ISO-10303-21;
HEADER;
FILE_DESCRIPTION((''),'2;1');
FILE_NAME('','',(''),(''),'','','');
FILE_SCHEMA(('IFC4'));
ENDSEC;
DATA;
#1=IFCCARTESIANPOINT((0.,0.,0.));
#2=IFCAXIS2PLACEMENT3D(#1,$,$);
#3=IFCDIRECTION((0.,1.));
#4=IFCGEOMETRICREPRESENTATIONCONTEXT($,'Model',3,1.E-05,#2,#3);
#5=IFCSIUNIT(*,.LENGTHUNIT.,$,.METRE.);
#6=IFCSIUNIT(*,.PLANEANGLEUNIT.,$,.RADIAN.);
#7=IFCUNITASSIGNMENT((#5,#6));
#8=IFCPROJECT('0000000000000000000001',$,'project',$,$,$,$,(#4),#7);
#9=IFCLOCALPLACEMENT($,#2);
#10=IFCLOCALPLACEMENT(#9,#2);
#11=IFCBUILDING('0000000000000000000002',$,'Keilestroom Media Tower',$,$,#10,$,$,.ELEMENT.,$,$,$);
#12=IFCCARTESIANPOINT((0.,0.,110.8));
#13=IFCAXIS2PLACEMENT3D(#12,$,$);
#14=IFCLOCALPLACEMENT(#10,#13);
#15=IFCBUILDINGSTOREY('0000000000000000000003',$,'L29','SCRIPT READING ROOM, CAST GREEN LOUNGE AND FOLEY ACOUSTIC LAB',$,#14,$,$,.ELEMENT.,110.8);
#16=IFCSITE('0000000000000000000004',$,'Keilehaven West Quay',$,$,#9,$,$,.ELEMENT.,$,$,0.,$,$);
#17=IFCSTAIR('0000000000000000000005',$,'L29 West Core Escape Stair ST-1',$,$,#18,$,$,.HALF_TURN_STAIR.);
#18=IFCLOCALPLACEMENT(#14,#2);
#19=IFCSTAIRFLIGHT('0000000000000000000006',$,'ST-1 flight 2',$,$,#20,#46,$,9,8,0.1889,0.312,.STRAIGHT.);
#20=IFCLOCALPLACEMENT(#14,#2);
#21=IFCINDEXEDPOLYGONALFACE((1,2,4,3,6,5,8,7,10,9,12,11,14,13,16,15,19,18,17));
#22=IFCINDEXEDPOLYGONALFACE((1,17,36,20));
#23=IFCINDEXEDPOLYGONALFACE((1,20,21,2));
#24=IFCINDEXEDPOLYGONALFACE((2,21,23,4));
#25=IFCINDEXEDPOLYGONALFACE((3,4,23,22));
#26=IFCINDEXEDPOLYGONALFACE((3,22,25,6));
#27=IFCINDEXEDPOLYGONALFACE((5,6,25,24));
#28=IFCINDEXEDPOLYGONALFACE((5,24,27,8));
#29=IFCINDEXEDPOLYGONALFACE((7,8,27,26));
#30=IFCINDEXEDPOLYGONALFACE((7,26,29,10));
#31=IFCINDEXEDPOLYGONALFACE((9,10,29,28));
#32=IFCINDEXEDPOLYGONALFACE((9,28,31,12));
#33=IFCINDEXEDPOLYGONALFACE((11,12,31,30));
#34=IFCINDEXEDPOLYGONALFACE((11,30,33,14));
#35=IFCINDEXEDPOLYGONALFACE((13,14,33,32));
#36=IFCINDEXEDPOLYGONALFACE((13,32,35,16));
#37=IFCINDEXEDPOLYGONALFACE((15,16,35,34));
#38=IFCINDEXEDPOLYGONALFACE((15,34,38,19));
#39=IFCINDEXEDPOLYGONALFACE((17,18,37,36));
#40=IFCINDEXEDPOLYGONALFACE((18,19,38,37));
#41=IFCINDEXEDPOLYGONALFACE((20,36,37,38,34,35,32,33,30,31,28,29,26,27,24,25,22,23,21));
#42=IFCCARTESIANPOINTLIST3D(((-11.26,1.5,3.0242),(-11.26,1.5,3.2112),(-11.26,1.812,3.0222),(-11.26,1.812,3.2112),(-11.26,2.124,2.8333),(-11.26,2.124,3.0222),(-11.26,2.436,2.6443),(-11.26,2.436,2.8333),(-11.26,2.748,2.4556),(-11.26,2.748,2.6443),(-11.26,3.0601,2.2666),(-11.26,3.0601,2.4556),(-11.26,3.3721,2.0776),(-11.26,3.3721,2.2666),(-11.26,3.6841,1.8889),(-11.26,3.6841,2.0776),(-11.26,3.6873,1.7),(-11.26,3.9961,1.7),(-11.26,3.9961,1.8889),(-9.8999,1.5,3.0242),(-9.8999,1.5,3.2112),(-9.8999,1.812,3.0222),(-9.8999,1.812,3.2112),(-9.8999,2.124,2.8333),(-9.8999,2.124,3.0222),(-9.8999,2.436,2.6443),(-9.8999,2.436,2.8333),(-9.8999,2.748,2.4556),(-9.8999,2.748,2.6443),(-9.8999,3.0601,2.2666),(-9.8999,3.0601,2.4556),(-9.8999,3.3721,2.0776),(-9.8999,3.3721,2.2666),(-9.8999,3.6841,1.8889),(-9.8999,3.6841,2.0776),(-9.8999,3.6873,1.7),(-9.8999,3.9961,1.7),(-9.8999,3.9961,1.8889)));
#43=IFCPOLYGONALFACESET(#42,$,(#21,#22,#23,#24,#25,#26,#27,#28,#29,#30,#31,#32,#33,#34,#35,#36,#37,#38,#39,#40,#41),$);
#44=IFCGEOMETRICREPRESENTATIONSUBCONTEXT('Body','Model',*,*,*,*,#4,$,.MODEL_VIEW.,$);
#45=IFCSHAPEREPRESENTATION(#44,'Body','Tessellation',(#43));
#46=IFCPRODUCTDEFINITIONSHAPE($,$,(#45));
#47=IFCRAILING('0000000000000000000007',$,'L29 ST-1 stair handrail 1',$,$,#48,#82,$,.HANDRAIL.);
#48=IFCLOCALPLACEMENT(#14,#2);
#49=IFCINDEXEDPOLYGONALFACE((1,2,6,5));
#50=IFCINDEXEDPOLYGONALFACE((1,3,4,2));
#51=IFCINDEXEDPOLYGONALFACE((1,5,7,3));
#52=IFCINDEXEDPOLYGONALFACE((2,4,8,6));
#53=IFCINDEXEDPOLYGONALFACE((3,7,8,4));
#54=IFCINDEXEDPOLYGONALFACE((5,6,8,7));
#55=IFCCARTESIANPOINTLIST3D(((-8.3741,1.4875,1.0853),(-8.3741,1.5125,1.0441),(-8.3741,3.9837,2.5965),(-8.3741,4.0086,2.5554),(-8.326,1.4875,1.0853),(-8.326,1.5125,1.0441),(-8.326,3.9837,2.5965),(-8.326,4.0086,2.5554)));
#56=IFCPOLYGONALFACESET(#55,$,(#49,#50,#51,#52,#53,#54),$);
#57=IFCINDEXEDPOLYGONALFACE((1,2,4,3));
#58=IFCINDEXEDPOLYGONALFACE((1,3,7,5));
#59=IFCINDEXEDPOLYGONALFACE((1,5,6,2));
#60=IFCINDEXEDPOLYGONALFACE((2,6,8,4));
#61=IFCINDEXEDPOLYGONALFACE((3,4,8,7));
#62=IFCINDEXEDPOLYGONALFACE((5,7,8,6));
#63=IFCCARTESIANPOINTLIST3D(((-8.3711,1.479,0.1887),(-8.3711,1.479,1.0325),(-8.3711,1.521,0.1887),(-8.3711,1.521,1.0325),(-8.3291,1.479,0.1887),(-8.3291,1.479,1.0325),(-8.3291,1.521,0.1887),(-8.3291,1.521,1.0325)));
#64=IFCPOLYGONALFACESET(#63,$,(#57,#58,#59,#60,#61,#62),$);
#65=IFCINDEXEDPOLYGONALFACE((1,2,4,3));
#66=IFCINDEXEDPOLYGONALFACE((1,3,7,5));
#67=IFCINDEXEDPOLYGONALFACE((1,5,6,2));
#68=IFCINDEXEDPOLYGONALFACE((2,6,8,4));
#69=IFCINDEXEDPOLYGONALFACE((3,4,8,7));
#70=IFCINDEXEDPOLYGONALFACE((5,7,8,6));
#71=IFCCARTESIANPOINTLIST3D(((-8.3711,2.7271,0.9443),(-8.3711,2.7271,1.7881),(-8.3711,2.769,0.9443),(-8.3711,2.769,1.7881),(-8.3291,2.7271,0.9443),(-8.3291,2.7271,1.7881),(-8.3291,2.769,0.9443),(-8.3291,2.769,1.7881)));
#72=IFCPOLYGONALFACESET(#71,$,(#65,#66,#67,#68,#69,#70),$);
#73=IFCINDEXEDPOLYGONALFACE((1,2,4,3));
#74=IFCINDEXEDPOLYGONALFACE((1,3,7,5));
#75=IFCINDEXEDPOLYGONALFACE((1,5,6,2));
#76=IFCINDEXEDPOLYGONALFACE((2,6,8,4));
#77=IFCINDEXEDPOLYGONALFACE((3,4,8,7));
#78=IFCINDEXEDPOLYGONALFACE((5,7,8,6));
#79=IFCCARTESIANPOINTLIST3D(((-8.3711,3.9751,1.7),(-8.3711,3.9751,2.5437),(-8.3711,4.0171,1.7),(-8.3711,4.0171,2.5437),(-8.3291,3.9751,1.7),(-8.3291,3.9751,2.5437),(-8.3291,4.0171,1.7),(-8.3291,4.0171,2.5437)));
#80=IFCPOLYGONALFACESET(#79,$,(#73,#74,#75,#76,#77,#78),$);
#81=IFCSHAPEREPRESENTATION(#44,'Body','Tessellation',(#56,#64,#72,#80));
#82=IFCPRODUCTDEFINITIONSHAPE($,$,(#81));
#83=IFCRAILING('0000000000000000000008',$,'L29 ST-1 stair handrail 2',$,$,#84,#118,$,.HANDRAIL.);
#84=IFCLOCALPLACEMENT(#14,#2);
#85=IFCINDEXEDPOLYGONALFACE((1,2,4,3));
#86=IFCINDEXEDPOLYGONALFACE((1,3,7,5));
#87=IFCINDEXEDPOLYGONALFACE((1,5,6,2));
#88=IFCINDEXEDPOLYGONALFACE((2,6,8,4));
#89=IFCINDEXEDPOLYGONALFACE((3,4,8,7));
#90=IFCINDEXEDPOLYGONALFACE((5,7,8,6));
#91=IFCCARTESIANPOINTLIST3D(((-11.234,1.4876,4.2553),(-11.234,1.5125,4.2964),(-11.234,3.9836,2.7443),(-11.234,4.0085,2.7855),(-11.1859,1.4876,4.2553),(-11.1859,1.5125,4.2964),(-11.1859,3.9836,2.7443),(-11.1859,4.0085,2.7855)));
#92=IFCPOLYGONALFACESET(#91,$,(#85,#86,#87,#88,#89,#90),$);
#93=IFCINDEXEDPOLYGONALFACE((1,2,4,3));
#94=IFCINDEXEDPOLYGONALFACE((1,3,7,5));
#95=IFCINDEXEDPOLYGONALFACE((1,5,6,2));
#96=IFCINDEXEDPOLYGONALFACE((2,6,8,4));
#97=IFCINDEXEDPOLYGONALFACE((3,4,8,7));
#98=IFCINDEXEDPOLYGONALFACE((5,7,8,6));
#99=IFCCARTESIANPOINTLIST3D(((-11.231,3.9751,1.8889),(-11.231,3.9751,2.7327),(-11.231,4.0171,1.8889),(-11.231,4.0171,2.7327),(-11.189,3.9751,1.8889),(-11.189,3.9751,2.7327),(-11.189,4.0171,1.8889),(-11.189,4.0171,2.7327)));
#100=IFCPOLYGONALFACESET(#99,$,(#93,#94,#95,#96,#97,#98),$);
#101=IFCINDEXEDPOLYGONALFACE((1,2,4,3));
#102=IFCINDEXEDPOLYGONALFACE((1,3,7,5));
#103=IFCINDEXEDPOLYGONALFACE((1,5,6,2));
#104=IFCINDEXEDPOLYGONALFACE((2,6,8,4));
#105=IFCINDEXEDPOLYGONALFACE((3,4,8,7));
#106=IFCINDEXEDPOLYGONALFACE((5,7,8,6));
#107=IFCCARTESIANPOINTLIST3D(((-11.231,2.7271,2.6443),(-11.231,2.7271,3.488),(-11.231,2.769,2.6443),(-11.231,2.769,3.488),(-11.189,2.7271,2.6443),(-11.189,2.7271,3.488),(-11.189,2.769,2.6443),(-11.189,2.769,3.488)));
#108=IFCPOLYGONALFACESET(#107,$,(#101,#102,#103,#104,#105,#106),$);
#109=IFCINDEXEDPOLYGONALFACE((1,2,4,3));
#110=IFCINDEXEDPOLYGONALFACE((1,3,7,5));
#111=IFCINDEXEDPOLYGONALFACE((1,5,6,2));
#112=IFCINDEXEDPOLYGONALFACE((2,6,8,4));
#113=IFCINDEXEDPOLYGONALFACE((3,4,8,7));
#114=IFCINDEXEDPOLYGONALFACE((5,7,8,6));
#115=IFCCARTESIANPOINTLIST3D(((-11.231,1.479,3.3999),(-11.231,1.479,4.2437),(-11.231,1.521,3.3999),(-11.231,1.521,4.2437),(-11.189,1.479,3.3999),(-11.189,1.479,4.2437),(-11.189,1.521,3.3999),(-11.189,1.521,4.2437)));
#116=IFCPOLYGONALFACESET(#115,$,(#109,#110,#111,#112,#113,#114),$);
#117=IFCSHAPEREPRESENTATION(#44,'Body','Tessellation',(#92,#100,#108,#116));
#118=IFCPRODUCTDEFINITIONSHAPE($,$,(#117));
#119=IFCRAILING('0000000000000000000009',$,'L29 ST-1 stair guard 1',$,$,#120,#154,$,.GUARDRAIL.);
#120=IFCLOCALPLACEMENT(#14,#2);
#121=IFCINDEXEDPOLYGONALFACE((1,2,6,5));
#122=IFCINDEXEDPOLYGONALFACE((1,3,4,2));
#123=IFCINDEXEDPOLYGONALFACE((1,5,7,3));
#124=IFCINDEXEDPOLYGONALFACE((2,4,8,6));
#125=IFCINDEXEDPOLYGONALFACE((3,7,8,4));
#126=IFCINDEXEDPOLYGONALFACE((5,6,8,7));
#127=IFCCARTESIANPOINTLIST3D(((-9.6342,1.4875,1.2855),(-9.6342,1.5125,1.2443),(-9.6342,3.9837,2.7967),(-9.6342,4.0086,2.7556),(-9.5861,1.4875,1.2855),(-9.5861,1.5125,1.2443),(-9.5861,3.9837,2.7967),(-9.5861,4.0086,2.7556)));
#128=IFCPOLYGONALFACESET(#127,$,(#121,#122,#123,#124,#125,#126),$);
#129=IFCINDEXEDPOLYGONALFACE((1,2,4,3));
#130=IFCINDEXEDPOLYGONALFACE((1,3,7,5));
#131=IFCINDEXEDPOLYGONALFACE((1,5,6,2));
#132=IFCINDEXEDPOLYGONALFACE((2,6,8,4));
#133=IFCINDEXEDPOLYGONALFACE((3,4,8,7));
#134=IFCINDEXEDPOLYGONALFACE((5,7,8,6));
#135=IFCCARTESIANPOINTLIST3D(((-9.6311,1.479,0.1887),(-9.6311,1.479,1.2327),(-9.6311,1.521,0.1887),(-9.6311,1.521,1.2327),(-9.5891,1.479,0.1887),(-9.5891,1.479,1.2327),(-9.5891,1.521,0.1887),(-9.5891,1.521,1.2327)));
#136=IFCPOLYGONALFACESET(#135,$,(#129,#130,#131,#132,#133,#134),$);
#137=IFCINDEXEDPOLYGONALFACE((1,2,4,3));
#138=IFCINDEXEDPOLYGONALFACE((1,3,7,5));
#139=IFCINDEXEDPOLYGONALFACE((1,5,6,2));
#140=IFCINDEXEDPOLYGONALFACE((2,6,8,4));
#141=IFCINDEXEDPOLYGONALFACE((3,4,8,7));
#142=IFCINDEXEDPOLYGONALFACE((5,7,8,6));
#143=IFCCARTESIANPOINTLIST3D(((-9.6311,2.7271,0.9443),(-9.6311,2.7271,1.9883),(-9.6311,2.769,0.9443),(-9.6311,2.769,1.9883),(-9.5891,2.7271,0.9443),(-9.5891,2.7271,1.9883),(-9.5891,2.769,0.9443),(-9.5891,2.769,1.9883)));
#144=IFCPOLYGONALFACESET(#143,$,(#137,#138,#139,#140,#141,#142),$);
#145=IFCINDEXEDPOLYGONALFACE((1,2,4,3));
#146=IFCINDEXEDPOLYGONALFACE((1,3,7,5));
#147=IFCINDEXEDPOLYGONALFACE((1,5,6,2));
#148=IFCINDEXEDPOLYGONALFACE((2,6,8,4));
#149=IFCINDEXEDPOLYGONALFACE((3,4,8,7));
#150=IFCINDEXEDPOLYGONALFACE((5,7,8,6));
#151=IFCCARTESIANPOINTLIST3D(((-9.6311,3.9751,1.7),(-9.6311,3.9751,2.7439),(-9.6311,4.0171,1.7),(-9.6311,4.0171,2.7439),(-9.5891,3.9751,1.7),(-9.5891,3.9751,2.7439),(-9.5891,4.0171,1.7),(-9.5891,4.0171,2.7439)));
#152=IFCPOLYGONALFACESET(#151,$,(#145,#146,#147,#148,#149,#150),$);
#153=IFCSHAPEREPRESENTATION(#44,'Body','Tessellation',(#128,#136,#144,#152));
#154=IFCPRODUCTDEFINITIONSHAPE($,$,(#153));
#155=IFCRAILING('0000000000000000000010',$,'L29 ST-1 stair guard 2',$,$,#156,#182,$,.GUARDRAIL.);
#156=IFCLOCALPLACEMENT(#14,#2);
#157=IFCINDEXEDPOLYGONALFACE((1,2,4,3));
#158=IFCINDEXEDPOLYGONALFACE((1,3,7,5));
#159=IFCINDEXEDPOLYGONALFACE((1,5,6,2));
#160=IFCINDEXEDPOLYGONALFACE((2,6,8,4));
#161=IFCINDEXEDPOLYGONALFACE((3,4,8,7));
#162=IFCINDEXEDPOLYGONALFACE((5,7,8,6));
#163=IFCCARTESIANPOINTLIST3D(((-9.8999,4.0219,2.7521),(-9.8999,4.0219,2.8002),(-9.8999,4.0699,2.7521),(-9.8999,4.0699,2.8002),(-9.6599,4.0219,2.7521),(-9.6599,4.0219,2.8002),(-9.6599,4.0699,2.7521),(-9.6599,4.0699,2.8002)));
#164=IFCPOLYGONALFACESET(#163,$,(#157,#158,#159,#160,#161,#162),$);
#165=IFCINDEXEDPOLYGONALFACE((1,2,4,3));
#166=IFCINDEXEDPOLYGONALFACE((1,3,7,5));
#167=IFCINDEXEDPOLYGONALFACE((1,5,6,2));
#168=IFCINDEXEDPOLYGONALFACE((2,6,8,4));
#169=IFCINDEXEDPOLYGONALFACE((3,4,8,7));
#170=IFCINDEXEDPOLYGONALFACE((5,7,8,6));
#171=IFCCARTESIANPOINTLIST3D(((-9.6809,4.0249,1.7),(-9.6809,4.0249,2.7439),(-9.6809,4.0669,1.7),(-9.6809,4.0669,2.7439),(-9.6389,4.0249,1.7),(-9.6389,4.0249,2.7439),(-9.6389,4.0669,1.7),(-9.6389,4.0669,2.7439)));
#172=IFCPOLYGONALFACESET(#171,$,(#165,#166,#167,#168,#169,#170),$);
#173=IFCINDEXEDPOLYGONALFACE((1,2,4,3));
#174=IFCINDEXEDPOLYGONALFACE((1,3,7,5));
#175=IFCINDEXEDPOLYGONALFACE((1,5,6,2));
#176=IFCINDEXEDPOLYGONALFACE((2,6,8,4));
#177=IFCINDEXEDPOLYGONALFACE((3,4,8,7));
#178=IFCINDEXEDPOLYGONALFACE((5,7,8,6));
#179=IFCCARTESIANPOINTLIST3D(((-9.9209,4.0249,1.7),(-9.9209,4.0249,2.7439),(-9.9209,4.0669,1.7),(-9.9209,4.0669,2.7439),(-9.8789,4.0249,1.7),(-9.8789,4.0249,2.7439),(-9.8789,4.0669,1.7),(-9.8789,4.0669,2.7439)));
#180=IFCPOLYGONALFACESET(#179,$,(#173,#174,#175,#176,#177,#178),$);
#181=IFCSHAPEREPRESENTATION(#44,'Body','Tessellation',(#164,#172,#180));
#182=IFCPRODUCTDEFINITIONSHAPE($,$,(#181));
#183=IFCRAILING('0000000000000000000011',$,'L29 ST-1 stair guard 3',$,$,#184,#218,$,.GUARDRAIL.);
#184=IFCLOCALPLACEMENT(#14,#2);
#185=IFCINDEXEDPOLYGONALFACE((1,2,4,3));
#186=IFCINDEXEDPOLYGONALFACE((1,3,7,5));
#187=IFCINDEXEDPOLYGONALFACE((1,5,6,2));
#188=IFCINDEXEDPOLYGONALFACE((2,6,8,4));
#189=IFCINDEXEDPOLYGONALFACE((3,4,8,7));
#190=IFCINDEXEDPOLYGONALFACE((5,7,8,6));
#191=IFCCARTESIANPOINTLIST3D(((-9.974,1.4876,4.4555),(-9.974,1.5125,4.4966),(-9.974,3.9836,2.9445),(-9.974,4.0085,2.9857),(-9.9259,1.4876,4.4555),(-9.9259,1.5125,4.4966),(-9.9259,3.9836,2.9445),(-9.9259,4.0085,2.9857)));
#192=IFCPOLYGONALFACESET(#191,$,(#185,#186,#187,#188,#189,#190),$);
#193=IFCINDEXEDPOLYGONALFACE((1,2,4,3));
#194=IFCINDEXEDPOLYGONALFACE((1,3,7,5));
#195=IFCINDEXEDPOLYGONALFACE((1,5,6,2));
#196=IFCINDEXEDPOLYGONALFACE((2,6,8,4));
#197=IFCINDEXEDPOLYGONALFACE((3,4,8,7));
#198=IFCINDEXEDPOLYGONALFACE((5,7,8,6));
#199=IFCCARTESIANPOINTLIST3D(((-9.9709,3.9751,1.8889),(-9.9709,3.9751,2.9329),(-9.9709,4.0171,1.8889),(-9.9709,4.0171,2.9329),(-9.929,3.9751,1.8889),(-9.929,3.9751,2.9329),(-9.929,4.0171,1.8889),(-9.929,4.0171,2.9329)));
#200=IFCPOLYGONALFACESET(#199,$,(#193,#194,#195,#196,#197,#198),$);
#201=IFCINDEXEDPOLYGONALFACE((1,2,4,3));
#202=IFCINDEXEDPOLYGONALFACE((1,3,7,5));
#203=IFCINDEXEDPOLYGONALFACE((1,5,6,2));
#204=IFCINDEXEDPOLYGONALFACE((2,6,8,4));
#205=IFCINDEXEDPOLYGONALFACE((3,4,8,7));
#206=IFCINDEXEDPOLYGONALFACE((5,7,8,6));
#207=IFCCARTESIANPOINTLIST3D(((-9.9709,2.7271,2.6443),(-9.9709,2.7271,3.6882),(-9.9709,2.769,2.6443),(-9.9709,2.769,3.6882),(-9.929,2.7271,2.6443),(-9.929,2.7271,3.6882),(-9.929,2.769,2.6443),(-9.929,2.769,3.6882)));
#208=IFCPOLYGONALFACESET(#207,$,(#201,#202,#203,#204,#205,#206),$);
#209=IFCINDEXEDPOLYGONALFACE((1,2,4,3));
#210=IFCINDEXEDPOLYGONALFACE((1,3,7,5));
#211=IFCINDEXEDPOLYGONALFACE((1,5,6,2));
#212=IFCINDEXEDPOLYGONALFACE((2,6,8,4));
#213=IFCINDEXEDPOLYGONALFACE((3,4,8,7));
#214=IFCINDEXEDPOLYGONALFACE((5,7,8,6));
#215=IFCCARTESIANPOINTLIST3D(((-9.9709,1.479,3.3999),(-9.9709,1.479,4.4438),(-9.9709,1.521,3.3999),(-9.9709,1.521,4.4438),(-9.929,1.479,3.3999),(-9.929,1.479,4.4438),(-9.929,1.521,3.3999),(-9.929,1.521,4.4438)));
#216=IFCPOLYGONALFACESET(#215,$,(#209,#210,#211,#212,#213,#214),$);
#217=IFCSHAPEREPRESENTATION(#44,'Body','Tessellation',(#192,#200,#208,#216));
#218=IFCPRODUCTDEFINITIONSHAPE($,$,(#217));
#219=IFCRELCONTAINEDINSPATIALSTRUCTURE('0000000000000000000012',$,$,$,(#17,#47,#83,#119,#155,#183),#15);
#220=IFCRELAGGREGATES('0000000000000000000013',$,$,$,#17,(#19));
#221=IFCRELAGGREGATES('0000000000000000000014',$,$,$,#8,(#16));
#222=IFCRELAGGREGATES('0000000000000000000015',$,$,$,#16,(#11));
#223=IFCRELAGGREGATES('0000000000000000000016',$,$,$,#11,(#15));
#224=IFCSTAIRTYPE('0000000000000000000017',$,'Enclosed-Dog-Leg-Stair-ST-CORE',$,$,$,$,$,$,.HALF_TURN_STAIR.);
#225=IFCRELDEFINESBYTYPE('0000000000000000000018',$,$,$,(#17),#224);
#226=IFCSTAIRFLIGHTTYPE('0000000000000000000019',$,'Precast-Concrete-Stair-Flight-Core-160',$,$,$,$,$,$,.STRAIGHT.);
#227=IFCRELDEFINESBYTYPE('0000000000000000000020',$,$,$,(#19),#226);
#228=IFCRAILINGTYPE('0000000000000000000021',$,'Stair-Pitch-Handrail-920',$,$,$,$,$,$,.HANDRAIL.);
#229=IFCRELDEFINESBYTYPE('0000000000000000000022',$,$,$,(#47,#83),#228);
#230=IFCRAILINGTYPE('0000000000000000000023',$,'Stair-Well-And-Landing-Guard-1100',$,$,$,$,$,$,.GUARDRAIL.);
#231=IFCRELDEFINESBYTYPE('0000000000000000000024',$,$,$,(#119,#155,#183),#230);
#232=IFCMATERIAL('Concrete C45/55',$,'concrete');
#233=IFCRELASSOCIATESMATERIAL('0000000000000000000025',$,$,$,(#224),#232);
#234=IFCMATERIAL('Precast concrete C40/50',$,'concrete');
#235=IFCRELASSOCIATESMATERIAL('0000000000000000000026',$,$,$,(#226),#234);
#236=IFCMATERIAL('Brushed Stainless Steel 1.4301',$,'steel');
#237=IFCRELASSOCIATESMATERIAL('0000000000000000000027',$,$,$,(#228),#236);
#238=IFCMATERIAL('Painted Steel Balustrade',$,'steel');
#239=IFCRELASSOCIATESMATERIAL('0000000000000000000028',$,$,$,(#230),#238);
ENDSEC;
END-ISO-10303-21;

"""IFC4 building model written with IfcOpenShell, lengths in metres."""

from ifc_helpers import new_model, si_unit, direction, frame, origin, origin_2d, place, context, subcontext, project, spatial, polyline, rectangle, outline, extrude, material, type_object, element, aggregate, save


model = new_model("IFC4")

# Units and contexts
model_context = context("Model", 3, precision=1e-05, world=origin(), true_north=direction((0.0, 1.0)))
body_context = subcontext(model_context, "Body", "Model", "MODEL_VIEW")
ifc_project = project(units=[si_unit("LENGTHUNIT", "METRE"), si_unit("PLANEANGLEUNIT", "RADIAN")], contexts=[model_context])

# Site, building, storey
site_placement = place(None, origin())
site = spatial("IfcSite", under=ifc_project, at=site_placement, Name="Keilehaven West Quay", CompositionType="ELEMENT", RefElevation=0.0)
building_placement = place(site_placement, origin())
building = spatial("IfcBuilding", under=site, at=building_placement, Name="Keilestroom Media Tower", CompositionType="ELEMENT")
storey_placement = place(building_placement, frame((0.0, 0.0, 110.8)))
storey = spatial("IfcBuildingStorey", under=building, at=storey_placement, Name="L29", Description="SCRIPT READING ROOM, CAST GREEN LOUNGE AND FOLEY ACOUSTIC LAB", CompositionType="ELEMENT", Elevation=110.8)

# Shared definitions
ifc_material_1 = material(Name="Concrete C45/55", Category="concrete")

# Stair
stair_type = type_object("IfcStairType", Name="Enclosed-Dog-Leg-Stair-ST-CORE", PredefinedType="HALF_TURN_STAIR", material=ifc_material_1)
stair_1_placement = place(storey_placement, origin())
stair_1 = element("IfcStair", 1, at=stair_1_placement, inside=storey, type_object=stair_type, Name="L29 West Core Escape Stair ST-1", PredefinedType="HALF_TURN_STAIR")

# Shared definitions
ifc_material_2 = material(Name="Precast concrete C40/50", Category="concrete")

# Stair flight
stair_flight_type = type_object("IfcStairFlightType", Name="Precast-Concrete-Stair-Flight-Core-160", PredefinedType="STRAIGHT", material=ifc_material_2)
stair_flight_1_placement = place(storey_placement, frame((-10.5801, 3.9961, 1.7), z_axis=(0.0, 0.0, 1.0), x_axis=(0.0, -1.0, 0.0)))
stair_flight_1 = element("IfcStairFlight", 2, at=stair_flight_1_placement, type_object=stair_flight_type, Name="ST-1 flight 2", NumberOfRisers=9, NumberOfTreads=8, PredefinedType="STRAIGHT", RiserHeight=0.1889, TreadLength=0.312, context=body_context, shape_type="SweptSolid", body=[
    extrude(outline(polyline([(0.0, 0.0), (0.0, 0.189), (0.312, 0.189), (0.312, 0.3777), (0.624, 0.3777), (0.624, 0.5667), (0.936, 0.5667), (0.936, 0.7556), (1.248, 0.7556), (1.248, 0.9443), (1.5601, 0.9443), (1.5601, 1.1333), (1.8721, 1.1333), (1.8721, 1.3223), (2.1841, 1.3223), (2.1841, 1.5112), (2.4961, 1.5112), (2.4961, 1.7), (2.4961, 1.3242), (0.3088, 0.0), (0.0, 0.0)])), frame((0.0, 0.6802, 0.0), z_axis=(0.0, -1.0, 0.0), x_axis=(1.0, 0.0, 0.0)), (0.0, 0.0, 1.0), 1.3601),
])
aggregate(stair_1, [stair_flight_1])

# Railings
ifc_material_3 = material(Name="Brushed Stainless Steel 1.4301", Category="steel")
railing_type_1 = type_object("IfcRailingType", Name="Stair-Pitch-Handrail-920", PredefinedType="HANDRAIL", material=ifc_material_3)
railing_1_placement = place(storey_placement, frame((-8.3501, 1.5, 0.1887)))
element("IfcRailing", 3, at=railing_1_placement, inside=storey, type_object=railing_type_1, Name="L29 ST-1 stair handrail 1", PredefinedType="HANDRAIL", context=body_context, shape_type="SweptSolid", body=[
    extrude(rectangle(XDim=0.0481, YDim=0.0481, at=origin_2d()), frame((0.0, 0.0, 0.876), z_axis=(0.0, 0.855434, 0.517912), x_axis=(-1.0, 0.0, 0.0)), (0.0, 0.0, 1.0), 2.918),
    extrude(rectangle(XDim=0.042, YDim=0.042, at=origin_2d()), origin(), (0.0, 0.0, 1.0), 0.8438),
    extrude(rectangle(XDim=0.042, YDim=0.042, at=origin_2d()), frame((0.0, 1.248, 0.7556)), (0.0, 0.0, 1.0), 0.8438),
    extrude(rectangle(XDim=0.042, YDim=0.042, at=origin_2d()), frame((0.0, 2.4961, 1.5112)), (0.0, 0.0, 1.0), 0.8438),
])
railing_2_placement = place(storey_placement, frame((-11.21, 3.9961, 1.8889)))
element("IfcRailing", 4, at=railing_2_placement, inside=storey, type_object=railing_type_1, Name="L29 ST-1 stair handrail 2", PredefinedType="HANDRAIL", context=body_context, shape_type="SweptSolid", body=[
    extrude(rectangle(XDim=0.0481, YDim=0.0481, at=origin_2d()), frame((0.0, 0.0, 0.876), z_axis=(0.0, -0.855471, 0.517851), x_axis=(1.0, 0.0, 0.0)), (0.0, 0.0, 1.0), 2.9177),
    extrude(rectangle(XDim=0.042, YDim=0.042, at=origin_2d()), origin(), (0.0, 0.0, 1.0), 0.8438),
    extrude(rectangle(XDim=0.042, YDim=0.042, at=origin_2d()), frame((0.0, -1.248, 0.7554)), (0.0, 0.0, 1.0), 0.8438),
    extrude(rectangle(XDim=0.042, YDim=0.042, at=origin_2d()), frame((0.0, -2.4961, 1.511)), (0.0, 0.0, 1.0), 0.8438),
])
ifc_material_4 = material(Name="Painted Steel Balustrade", Category="steel")
railing_type_2 = type_object("IfcRailingType", Name="Stair-Well-And-Landing-Guard-1100", PredefinedType="GUARDRAIL", material=ifc_material_4)
railing_3_placement = place(storey_placement, frame((-9.6101, 1.5, 0.1887)))
element("IfcRailing", 5, at=railing_3_placement, inside=storey, type_object=railing_type_2, Name="L29 ST-1 stair guard 1", PredefinedType="GUARDRAIL", context=body_context, shape_type="SweptSolid", body=[
    extrude(rectangle(XDim=0.0481, YDim=0.0481, at=origin_2d()), frame((0.0, 0.0, 1.0762), z_axis=(0.0, 0.855434, 0.517912), x_axis=(-1.0, 0.0, 0.0)), (0.0, 0.0, 1.0), 2.918),
    extrude(rectangle(XDim=0.042, YDim=0.042, at=origin_2d()), origin(), (0.0, 0.0, 1.0), 1.0439),
    extrude(rectangle(XDim=0.042, YDim=0.042, at=origin_2d()), frame((0.0, 1.248, 0.7556)), (0.0, 0.0, 1.0), 1.0439),
    extrude(rectangle(XDim=0.042, YDim=0.042, at=origin_2d()), frame((0.0, 2.4961, 1.5112)), (0.0, 0.0, 1.0), 1.0439),
])
railing_4_placement = place(storey_placement, frame((-9.6599, 4.0459, 1.7)))
element("IfcRailing", 6, at=railing_4_placement, inside=storey, type_object=railing_type_2, Name="L29 ST-1 stair guard 2", PredefinedType="GUARDRAIL", context=body_context, shape_type="SweptSolid", body=[
    extrude(rectangle(XDim=0.0481, YDim=0.0481, at=origin_2d()), frame((0.0, 0.0, 1.0762), z_axis=(-1.0, 0.0, 0.0), x_axis=(0.0, -1.0, 0.0)), (0.0, 0.0, 1.0), 0.24),
    extrude(rectangle(XDim=0.042, YDim=0.042, at=origin_2d()), origin(), (0.0, 0.0, 1.0), 1.0439),
    extrude(rectangle(XDim=0.042, YDim=0.042, at=origin_2d()), frame((-0.24, 0.0, 0.0)), (0.0, 0.0, 1.0), 1.0439),
])
railing_5_placement = place(storey_placement, frame((-9.95, 3.9961, 1.8889)))
element("IfcRailing", 7, at=railing_5_placement, inside=storey, type_object=railing_type_2, Name="L29 ST-1 stair guard 3", PredefinedType="GUARDRAIL", context=body_context, shape_type="SweptSolid", body=[
    extrude(rectangle(XDim=0.0481, YDim=0.0481, at=origin_2d()), frame((0.0, 0.0, 1.0762), z_axis=(0.0, -0.855471, 0.517851), x_axis=(1.0, 0.0, 0.0)), (0.0, 0.0, 1.0), 2.9177),
    extrude(rectangle(XDim=0.042, YDim=0.042, at=origin_2d()), origin(), (0.0, 0.0, 1.0), 1.0439),
    extrude(rectangle(XDim=0.042, YDim=0.042, at=origin_2d()), frame((0.0, -1.248, 0.7554)), (0.0, 0.0, 1.0), 1.0439),
    extrude(rectangle(XDim=0.042, YDim=0.042, at=origin_2d()), frame((0.0, -2.4961, 1.511)), (0.0, 0.0, 1.0), 1.0439),
])

save(model, "model.ifc")
